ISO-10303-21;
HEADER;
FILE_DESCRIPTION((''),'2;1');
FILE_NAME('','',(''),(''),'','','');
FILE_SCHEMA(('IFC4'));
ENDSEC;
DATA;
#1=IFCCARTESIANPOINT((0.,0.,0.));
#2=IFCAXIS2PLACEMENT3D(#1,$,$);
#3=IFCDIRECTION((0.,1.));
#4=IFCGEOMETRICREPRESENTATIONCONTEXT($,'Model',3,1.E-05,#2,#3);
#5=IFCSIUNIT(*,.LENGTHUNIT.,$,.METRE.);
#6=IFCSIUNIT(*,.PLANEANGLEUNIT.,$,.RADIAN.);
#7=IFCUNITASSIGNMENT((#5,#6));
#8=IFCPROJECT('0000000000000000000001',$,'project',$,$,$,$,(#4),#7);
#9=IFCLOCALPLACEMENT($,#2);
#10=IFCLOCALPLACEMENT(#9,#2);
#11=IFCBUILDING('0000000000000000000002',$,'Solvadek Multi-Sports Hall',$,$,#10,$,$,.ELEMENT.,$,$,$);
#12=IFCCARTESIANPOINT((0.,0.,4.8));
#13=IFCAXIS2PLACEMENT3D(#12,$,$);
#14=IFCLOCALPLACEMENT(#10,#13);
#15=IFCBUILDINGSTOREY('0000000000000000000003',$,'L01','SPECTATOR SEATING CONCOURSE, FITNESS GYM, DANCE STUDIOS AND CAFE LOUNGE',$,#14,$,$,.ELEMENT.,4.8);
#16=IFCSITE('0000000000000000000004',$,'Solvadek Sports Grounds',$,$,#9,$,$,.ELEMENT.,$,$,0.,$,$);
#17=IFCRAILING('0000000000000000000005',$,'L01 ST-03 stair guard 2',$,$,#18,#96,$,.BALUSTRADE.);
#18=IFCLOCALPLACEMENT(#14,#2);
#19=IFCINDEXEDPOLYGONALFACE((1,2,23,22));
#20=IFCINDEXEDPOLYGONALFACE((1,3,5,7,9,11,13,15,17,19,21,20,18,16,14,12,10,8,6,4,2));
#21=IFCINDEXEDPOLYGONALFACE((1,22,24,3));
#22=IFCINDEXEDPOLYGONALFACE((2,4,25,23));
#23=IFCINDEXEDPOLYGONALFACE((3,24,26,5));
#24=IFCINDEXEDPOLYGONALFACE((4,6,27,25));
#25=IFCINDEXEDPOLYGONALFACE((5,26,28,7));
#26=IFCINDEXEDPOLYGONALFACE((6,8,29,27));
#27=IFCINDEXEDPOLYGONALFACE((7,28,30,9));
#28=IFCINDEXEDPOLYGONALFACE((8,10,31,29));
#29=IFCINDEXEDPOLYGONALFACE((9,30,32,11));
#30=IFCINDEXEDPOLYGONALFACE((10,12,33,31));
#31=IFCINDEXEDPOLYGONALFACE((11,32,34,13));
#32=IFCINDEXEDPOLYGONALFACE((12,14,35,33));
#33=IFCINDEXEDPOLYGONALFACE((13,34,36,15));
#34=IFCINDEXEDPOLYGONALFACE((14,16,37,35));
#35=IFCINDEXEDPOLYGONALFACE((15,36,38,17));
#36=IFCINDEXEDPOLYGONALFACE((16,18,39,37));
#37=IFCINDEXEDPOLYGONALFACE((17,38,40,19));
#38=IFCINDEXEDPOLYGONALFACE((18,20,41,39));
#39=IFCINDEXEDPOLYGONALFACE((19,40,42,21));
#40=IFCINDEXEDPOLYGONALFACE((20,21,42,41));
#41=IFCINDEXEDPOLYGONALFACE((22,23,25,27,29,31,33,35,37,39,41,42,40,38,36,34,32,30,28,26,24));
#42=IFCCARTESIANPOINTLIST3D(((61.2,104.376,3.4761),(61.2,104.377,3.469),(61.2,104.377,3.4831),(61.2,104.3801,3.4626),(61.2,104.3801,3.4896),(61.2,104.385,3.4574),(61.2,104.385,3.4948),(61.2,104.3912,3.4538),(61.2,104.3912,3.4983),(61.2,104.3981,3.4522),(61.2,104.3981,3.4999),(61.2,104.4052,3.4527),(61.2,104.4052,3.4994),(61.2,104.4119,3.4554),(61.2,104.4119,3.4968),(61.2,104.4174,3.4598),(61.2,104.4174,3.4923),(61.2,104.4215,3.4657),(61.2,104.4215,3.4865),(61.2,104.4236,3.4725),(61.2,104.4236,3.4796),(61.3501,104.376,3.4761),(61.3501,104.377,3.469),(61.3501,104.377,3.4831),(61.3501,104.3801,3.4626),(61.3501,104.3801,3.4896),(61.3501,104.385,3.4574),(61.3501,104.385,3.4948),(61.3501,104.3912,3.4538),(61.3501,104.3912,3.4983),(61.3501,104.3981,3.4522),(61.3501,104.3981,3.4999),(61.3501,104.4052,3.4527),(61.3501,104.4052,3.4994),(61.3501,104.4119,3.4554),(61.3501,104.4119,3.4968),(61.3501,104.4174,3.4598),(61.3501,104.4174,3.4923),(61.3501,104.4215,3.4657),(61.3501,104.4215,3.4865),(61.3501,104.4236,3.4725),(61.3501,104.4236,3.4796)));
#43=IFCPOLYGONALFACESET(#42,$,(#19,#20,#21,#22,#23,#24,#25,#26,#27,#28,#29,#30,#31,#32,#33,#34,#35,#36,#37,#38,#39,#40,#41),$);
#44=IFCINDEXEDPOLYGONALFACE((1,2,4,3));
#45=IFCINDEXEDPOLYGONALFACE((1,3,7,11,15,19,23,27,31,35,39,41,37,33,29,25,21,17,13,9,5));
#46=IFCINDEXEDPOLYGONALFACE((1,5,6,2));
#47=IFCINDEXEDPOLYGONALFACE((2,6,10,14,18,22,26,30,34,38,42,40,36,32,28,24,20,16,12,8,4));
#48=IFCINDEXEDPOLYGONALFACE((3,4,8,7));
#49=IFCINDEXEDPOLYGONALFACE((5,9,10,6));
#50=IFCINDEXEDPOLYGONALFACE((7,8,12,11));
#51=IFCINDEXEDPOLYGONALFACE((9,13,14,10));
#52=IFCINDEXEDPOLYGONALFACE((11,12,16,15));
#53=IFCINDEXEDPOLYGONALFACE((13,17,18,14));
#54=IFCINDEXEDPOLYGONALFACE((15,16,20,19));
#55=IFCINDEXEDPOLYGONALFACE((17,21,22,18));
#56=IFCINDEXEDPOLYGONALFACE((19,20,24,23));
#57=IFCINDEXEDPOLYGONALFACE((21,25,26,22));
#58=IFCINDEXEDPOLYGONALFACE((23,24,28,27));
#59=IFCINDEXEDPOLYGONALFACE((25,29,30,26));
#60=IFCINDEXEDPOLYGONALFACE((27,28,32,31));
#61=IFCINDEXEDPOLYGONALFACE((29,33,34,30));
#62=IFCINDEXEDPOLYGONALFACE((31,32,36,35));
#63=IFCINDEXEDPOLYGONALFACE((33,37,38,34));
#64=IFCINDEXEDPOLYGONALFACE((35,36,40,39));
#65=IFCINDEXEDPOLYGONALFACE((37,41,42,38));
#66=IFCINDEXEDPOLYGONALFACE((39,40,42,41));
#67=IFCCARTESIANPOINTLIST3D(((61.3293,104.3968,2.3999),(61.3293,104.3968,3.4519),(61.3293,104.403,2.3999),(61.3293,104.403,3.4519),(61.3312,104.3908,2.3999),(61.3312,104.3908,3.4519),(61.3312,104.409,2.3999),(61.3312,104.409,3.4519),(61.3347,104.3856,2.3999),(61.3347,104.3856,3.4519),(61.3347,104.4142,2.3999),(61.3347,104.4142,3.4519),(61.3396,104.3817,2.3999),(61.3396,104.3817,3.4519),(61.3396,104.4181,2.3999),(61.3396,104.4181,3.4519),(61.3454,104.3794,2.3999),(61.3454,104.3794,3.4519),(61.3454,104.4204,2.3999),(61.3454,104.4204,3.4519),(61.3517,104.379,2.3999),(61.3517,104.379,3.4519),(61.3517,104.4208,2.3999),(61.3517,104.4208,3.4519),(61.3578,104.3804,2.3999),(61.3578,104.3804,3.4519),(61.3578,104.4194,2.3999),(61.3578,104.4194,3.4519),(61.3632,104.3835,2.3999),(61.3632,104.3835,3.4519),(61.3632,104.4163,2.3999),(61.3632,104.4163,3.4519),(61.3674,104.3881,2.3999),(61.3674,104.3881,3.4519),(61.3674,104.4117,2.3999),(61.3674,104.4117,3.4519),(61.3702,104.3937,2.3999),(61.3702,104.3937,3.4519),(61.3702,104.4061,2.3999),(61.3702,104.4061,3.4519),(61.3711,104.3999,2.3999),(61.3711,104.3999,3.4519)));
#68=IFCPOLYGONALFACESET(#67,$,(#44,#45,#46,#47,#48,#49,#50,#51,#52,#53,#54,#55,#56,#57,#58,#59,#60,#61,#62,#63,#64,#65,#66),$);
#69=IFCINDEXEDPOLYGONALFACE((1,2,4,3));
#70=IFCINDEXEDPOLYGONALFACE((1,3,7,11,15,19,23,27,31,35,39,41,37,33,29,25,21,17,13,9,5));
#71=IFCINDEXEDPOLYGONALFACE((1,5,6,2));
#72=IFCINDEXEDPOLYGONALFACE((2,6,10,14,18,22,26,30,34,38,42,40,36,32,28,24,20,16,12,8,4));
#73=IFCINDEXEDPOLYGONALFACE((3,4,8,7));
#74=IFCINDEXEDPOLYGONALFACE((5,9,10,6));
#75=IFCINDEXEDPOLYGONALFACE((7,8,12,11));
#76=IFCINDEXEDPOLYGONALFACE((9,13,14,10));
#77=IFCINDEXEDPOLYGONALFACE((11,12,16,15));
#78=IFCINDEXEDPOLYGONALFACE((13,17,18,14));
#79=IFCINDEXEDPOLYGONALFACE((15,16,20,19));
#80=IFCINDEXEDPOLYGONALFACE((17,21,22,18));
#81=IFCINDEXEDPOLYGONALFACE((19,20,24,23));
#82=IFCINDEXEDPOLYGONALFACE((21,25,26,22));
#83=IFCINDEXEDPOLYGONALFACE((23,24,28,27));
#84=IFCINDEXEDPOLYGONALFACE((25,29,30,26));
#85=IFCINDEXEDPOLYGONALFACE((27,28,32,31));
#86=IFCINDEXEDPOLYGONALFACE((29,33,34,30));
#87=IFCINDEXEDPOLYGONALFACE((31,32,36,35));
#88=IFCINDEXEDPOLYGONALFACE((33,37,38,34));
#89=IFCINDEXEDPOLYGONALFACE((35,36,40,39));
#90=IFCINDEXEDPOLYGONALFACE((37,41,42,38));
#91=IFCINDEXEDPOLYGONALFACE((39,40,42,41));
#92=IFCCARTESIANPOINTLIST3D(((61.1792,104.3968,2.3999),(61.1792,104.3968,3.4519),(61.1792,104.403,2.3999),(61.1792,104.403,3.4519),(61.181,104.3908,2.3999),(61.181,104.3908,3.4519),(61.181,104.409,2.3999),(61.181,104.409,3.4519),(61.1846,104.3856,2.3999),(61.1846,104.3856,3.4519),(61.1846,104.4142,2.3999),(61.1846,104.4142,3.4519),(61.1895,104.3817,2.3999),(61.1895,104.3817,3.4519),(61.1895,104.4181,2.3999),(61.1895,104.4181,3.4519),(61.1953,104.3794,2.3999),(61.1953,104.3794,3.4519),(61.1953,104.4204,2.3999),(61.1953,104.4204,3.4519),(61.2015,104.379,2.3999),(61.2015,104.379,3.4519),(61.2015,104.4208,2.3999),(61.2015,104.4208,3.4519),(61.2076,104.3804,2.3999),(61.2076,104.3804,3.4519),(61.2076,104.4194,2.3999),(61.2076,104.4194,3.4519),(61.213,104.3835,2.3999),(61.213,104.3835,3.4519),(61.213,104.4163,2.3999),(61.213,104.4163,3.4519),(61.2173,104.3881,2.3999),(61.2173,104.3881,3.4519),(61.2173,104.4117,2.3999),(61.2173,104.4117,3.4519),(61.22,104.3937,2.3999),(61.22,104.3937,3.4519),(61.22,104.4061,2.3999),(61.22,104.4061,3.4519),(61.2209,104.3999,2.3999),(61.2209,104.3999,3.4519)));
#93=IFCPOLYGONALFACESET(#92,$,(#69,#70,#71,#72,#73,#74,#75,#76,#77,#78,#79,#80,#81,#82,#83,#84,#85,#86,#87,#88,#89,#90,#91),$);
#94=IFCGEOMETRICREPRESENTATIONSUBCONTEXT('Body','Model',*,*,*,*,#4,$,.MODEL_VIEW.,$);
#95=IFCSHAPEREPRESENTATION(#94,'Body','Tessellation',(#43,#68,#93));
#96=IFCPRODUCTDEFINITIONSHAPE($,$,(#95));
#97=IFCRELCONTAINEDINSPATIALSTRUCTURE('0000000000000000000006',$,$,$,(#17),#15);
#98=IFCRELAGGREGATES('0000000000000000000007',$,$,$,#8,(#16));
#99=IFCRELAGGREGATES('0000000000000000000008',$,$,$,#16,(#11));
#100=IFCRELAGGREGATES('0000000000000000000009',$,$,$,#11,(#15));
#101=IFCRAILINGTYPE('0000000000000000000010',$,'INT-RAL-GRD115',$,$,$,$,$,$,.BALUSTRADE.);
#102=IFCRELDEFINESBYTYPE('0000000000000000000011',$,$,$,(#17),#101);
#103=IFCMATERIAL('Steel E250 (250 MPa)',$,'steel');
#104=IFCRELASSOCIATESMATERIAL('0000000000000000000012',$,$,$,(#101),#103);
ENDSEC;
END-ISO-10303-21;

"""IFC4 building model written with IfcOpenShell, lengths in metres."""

from ifc_helpers import new_model, si_unit, direction, frame, origin, origin_2d, place, context, subcontext, project, spatial, circle, extrude, material, type_object, element, save


model = new_model("IFC4")

# Units and contexts
model_context = context("Model", 3, precision=1e-05, world=origin(), true_north=direction((0.0, 1.0)))
body_context = subcontext(model_context, "Body", "Model", "MODEL_VIEW")
ifc_project = project(units=[si_unit("LENGTHUNIT", "METRE"), si_unit("PLANEANGLEUNIT", "RADIAN")], contexts=[model_context])

# Site, building, storey
site_placement = place(None, origin())
site = spatial("IfcSite", under=ifc_project, at=site_placement, Name="Solvadek Sports Grounds", CompositionType="ELEMENT", RefElevation=0.0)
building_placement = place(site_placement, origin())
building = spatial("IfcBuilding", under=site, at=building_placement, Name="Solvadek Multi-Sports Hall", CompositionType="ELEMENT")
storey_placement = place(building_placement, frame((0.0, 0.0, 4.8)))
storey = spatial("IfcBuildingStorey", under=building, at=storey_placement, Name="L01", Description="SPECTATOR SEATING CONCOURSE, FITNESS GYM, DANCE STUDIOS AND CAFE LOUNGE", CompositionType="ELEMENT", Elevation=4.8)

# Shared definitions
ifc_material_1 = material(Name="Steel E250 (250 MPa)", Category="steel")

# Railing
railing_type_1 = type_object("IfcRailingType", Name="INT-RAL-GRD115", PredefinedType="BALUSTRADE", material=ifc_material_1)
railing_1_placement = place(storey_placement, frame((61.3501, 104.3999, 2.3999)))
element("IfcRailing", 1, at=railing_1_placement, inside=storey, type_object=railing_type_1, Name="L01 ST-03 stair guard 2", PredefinedType="BALUSTRADE", context=body_context, shape_type="SweptSolid", body=[
    extrude(circle(Radius=0.0239, at=origin_2d()), frame((0.0, 0.0, 1.0762), z_axis=(-1.0, 0.0, 0.0), x_axis=(0.0, -1.0, 0.0)), (0.0, 0.0, 1.0), 0.1501),
    extrude(circle(Radius=0.021, at=origin_2d()), origin(), (0.0, 0.0, 1.0), 1.052),
    extrude(circle(Radius=0.021, at=origin_2d()), frame((-0.1501, 0.0, 0.0)), (0.0, 0.0, 1.0), 1.052),
])

save(model, "model.ifc")
